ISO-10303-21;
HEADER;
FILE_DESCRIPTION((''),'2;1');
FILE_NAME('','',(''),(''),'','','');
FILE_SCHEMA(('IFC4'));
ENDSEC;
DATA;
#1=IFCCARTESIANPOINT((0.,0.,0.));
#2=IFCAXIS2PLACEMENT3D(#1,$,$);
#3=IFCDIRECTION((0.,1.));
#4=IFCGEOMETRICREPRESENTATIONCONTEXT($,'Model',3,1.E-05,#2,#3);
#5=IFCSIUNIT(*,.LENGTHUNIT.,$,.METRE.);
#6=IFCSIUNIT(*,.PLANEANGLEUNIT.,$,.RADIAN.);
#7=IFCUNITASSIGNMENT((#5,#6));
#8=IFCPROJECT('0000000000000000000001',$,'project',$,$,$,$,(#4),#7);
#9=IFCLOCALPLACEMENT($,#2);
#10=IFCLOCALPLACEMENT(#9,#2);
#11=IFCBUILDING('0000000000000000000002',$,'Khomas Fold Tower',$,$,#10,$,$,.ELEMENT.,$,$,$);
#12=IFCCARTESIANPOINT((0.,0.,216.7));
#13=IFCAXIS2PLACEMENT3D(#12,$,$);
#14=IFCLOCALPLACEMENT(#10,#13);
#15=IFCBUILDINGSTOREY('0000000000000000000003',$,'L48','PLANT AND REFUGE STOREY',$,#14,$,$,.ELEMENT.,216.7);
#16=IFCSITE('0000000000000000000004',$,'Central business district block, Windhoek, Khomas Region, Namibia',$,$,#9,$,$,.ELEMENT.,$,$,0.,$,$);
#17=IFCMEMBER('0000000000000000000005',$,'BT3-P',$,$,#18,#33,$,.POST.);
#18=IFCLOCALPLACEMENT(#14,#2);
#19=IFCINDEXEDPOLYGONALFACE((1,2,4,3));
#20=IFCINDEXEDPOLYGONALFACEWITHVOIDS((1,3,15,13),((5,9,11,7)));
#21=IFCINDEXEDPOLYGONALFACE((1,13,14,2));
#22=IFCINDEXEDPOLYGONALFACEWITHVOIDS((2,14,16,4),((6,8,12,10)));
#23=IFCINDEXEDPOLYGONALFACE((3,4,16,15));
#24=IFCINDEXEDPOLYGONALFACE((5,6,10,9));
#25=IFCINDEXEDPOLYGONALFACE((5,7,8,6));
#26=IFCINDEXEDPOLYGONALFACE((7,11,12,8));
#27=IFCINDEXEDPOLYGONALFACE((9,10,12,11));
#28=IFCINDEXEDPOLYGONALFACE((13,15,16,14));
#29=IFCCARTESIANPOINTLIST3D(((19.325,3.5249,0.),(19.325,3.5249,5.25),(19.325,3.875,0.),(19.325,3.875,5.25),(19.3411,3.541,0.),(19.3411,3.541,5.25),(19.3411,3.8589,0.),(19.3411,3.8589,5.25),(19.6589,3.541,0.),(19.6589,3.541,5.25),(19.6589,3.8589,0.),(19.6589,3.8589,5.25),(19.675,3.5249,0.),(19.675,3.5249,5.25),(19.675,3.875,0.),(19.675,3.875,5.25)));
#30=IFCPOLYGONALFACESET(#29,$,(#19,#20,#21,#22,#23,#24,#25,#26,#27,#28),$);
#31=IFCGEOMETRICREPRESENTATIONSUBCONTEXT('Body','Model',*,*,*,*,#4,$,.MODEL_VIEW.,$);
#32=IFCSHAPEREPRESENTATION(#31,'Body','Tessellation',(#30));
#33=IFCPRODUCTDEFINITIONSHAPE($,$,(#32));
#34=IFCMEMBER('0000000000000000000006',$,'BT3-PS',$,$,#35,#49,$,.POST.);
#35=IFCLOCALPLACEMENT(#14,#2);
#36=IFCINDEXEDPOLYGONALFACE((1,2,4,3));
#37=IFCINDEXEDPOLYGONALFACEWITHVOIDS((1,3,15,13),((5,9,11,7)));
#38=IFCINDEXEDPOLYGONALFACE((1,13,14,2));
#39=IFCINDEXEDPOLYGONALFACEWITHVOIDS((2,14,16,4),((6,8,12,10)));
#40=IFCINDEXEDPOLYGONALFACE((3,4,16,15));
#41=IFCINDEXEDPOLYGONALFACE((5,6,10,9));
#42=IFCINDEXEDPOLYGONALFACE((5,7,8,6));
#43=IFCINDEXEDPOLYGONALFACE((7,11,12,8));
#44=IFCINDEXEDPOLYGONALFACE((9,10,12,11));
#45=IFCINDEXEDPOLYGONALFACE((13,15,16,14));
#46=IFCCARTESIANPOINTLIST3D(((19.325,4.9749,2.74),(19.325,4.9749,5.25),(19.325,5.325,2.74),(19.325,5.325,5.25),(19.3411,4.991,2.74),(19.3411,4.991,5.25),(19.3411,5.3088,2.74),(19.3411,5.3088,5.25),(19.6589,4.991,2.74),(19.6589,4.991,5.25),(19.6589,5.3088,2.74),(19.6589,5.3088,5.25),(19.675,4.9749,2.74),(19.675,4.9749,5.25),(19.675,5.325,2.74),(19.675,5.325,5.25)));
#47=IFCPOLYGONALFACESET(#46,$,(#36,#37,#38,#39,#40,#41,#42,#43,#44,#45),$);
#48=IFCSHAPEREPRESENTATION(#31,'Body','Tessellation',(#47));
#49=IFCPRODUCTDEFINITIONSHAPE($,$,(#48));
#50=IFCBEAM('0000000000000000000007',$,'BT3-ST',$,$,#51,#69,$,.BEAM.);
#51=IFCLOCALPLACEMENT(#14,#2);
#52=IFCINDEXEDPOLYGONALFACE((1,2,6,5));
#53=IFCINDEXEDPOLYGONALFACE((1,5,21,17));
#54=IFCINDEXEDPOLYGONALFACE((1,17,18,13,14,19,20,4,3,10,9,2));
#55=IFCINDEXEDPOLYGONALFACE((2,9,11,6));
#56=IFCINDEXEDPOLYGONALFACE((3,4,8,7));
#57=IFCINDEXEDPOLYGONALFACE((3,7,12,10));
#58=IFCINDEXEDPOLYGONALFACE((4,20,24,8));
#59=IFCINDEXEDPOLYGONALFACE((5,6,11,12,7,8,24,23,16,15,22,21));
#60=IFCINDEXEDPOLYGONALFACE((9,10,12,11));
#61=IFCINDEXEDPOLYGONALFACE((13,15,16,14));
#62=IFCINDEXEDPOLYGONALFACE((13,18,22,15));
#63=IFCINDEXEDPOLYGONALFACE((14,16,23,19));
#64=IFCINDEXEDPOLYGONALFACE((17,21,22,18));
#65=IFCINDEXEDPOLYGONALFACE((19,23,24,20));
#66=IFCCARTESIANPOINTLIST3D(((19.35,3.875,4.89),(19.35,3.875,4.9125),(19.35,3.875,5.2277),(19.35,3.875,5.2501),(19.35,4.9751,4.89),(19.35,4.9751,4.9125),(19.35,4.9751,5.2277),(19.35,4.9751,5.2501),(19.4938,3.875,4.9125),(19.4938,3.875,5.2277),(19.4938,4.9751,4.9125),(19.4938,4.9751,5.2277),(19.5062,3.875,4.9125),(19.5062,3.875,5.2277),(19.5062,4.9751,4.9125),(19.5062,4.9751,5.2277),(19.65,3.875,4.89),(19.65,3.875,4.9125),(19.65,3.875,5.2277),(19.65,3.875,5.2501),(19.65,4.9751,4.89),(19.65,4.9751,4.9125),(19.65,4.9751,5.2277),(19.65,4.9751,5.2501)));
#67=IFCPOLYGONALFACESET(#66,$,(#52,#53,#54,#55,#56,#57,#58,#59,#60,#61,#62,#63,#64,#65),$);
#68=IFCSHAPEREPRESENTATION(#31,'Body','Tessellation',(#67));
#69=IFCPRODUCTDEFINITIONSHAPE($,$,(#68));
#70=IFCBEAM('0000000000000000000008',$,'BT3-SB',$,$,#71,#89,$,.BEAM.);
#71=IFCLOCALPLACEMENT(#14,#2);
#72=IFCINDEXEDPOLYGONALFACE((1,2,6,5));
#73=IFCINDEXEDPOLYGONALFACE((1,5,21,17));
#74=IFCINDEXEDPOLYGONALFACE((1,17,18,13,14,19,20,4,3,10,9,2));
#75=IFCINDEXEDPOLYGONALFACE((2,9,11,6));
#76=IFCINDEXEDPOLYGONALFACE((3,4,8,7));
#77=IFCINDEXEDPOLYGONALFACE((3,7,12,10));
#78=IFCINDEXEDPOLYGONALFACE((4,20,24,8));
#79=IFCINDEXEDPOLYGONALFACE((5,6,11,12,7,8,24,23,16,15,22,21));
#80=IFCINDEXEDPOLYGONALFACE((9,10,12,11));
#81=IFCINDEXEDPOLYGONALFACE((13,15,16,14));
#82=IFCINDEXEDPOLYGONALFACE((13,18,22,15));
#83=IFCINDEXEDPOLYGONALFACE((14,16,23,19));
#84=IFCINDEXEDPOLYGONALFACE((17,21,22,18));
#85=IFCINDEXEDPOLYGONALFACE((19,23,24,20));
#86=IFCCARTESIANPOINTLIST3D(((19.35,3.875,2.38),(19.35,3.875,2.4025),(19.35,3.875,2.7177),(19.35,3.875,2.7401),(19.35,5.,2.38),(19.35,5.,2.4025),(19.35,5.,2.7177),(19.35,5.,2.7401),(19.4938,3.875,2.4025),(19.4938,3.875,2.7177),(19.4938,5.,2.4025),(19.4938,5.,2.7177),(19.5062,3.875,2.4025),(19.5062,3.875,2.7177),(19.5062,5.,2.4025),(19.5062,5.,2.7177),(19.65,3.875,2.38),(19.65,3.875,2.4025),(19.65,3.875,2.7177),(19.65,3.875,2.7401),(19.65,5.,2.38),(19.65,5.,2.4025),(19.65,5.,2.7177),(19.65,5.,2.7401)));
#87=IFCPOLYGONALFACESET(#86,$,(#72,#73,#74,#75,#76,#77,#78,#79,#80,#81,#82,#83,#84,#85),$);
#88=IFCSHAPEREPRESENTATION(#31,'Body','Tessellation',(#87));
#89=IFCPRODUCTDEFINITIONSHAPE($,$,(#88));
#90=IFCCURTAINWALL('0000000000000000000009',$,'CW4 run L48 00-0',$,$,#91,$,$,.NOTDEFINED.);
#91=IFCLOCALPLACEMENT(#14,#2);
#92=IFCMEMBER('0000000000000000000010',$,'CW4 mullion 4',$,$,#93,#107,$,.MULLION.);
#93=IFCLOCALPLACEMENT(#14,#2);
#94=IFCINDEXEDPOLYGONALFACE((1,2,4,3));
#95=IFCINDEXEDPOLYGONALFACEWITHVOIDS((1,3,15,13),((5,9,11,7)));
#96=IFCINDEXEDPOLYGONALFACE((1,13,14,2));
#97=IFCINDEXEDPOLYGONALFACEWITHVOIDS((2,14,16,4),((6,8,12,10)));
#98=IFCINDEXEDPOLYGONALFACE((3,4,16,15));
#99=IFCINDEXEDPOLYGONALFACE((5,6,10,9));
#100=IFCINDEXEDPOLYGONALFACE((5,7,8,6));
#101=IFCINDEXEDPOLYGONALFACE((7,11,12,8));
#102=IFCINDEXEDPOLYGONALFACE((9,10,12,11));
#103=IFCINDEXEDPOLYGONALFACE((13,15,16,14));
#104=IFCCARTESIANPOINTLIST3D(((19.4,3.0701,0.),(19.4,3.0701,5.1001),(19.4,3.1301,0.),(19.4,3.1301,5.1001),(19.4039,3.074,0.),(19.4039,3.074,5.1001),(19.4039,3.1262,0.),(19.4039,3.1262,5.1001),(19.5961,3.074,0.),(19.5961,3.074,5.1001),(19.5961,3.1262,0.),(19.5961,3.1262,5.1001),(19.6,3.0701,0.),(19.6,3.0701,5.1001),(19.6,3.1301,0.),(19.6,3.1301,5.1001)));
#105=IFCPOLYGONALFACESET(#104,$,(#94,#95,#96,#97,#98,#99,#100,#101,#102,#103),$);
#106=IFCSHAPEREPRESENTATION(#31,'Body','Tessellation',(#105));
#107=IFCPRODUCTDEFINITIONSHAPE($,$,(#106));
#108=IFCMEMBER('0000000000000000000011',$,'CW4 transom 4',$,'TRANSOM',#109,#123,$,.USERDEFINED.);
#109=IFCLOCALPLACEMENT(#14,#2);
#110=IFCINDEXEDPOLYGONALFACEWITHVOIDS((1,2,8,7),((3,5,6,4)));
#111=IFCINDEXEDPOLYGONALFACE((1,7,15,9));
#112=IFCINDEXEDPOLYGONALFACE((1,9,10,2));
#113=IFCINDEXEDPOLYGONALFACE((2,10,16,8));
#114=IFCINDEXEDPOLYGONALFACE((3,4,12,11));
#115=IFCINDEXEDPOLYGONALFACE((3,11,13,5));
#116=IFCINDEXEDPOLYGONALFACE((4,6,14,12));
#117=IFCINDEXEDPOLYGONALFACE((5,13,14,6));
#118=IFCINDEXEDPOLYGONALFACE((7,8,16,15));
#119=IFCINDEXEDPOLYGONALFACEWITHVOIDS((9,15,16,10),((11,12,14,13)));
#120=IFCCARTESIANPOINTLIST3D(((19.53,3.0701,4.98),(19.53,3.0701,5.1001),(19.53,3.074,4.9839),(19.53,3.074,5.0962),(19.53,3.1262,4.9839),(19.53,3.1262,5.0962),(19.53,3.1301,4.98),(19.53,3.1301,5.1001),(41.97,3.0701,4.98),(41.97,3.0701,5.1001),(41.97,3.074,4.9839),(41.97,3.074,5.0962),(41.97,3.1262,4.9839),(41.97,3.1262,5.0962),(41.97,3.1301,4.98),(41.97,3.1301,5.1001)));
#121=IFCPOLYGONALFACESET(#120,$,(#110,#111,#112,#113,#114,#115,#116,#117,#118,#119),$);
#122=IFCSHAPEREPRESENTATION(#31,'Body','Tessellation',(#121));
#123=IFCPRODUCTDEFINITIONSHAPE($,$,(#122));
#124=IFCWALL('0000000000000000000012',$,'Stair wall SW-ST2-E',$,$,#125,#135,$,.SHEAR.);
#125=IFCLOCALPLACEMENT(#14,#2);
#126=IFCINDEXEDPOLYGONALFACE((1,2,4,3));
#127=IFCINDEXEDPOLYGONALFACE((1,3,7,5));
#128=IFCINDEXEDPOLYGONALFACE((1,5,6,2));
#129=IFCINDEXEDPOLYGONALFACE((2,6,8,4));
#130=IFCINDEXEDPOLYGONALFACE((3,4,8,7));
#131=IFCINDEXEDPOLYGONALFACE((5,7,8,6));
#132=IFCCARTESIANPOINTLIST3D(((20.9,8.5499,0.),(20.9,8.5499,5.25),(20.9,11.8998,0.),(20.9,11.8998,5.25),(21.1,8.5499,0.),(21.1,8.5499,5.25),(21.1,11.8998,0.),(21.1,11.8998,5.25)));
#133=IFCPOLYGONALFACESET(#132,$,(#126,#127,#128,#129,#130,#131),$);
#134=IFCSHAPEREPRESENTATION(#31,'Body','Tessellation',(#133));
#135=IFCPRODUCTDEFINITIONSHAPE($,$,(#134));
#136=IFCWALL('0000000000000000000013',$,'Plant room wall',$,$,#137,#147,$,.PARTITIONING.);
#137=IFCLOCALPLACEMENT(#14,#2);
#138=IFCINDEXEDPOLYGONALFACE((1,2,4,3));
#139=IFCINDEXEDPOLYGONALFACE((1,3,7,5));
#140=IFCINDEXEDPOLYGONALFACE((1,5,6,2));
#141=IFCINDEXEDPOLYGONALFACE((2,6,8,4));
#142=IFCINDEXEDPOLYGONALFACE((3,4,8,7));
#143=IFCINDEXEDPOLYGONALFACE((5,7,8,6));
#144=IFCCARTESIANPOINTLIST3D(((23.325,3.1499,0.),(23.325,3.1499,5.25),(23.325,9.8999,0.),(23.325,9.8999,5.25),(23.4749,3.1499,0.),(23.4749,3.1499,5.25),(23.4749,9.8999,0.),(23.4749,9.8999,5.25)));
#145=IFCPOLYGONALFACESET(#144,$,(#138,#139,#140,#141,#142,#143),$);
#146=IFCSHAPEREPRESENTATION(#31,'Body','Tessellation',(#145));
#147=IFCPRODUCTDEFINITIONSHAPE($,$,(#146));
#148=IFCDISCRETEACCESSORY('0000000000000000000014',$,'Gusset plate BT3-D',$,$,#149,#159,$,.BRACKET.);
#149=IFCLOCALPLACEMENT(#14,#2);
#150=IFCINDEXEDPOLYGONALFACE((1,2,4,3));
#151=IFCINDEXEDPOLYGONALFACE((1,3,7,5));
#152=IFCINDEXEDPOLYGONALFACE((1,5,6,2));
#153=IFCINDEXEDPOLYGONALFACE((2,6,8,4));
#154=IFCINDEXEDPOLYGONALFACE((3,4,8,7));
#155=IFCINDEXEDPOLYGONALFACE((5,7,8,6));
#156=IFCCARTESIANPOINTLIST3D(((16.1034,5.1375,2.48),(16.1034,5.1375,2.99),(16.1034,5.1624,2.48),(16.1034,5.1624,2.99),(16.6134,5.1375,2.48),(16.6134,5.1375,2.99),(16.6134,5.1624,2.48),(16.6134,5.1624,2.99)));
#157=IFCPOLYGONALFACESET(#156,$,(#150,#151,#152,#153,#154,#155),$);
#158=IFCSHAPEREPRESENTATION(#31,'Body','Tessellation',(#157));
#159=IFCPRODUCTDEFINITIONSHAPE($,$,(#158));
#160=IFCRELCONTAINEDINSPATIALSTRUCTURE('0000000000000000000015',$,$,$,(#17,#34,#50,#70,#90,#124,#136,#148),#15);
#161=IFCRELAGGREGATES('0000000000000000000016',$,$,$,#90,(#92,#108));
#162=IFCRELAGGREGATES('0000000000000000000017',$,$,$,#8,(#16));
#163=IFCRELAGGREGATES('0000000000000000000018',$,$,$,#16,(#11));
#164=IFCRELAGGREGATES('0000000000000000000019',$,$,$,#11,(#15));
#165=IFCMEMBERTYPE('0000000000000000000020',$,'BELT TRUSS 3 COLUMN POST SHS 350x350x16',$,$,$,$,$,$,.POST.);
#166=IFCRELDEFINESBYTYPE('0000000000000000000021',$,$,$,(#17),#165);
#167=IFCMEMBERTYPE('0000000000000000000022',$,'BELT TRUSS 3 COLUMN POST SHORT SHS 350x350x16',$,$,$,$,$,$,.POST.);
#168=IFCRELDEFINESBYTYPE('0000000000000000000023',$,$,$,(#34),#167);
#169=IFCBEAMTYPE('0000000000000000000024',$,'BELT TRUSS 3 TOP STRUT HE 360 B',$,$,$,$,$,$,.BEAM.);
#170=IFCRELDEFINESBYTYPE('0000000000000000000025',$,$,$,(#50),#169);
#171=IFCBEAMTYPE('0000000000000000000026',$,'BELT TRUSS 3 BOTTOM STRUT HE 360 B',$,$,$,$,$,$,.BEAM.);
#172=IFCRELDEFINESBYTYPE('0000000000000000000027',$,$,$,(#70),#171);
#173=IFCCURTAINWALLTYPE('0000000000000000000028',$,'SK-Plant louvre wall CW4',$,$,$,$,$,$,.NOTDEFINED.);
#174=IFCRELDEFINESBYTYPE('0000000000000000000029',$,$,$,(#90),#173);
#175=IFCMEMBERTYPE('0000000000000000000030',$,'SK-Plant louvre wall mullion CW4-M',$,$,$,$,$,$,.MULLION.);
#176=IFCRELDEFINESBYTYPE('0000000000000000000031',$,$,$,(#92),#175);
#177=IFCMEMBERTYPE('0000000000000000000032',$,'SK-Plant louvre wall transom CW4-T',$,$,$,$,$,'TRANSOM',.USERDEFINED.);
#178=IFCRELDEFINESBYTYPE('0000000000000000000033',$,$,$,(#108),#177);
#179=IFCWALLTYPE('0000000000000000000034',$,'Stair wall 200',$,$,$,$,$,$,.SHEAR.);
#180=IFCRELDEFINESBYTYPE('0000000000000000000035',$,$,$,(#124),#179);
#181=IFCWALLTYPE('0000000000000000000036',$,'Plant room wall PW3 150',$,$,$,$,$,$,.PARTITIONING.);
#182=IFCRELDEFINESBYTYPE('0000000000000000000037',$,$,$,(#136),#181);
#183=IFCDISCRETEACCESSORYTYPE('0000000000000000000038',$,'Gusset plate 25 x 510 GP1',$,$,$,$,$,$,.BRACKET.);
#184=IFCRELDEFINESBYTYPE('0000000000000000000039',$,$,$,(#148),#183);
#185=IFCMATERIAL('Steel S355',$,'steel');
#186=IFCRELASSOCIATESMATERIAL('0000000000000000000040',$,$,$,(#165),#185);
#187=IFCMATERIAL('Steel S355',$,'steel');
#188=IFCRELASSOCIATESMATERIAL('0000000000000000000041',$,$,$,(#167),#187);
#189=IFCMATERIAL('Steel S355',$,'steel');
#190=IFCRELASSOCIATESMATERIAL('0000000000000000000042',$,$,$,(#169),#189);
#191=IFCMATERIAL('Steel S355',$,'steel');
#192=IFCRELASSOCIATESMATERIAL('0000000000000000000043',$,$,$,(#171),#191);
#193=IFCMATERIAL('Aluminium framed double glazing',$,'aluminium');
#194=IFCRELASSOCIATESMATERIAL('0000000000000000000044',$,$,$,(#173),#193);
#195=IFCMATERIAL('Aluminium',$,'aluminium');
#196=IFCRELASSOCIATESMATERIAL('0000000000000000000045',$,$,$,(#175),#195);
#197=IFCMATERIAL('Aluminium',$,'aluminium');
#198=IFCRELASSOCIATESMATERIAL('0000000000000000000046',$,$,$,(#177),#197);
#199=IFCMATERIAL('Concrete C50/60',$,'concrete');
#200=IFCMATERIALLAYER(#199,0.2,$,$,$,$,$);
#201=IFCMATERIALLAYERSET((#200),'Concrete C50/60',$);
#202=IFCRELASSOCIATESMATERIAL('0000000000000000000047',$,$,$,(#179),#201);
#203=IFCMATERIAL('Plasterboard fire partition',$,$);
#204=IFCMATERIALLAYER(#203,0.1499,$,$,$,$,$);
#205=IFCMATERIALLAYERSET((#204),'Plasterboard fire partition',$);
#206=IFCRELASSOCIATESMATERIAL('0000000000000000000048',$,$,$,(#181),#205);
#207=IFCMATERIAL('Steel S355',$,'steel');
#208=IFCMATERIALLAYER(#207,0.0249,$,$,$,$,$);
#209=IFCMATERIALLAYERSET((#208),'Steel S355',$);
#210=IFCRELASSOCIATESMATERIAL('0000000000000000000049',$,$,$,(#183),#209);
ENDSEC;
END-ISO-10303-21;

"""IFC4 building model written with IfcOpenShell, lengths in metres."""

from ifc_helpers import new_model, si_unit, direction, frame, frame_2d, origin, origin_2d, place, context, subcontext, project, spatial, rectangle, hollow_rectangle, i_section, extrude, source, transform, mapped, material, layer, layer_set, material_profile, profile_set, type_object, element, aggregate, save


model = new_model("IFC4")

# Units and contexts
model_context = context("Model", 3, precision=1e-05, world=origin(), true_north=direction((0.0, 1.0)))
body_context = subcontext(model_context, "Body", "Model", "MODEL_VIEW")
ifc_project = project(units=[si_unit("LENGTHUNIT", "METRE"), si_unit("PLANEANGLEUNIT", "RADIAN")], contexts=[model_context])

# Site, building, storey
site_placement = place(None, origin())
site = spatial("IfcSite", under=ifc_project, at=site_placement, Name="Central business district block, Windhoek, Khomas Region, Namibia", CompositionType="ELEMENT", RefElevation=0.0)
building_placement = place(site_placement, origin())
building = spatial("IfcBuilding", under=site, at=building_placement, Name="Khomas Fold Tower", CompositionType="ELEMENT")
storey_placement = place(building_placement, frame((0.0, 0.0, 216.7)))
storey = spatial("IfcBuildingStorey", under=building, at=storey_placement, Name="L48", Description="PLANT AND REFUGE STOREY", CompositionType="ELEMENT", Elevation=216.7)

# Members
ifc_material_1 = material(Name="Steel S355", Category="steel")
ifc_material_profile_1 = material_profile(ifc_material_1, hollow_rectangle(XDim=0.3501, YDim=0.3501, WallThickness=0.0161, at=origin_2d()), Name="SHS 350x350x16")
ifc_profile_set_1 = profile_set([ifc_material_profile_1], Name="Steel S355")
member_type_1 = type_object("IfcMemberType", Name="BELT TRUSS 3 COLUMN POST SHS 350x350x16", PredefinedType="POST", material=ifc_profile_set_1)
shared_shape_1 = source(origin(), body_context, "Body", "SweptSolid", [
    extrude(hollow_rectangle(XDim=0.3501, YDim=0.3501, WallThickness=0.0161, at=origin_2d()), origin(), (0.0, 0.0, 1.0), 5.25),
])
member_1_placement = place(storey_placement, frame((19.5, 3.7, 0.0), z_axis=(0.0, 0.0, 1.0), x_axis=(1.0, 0.0, 0.0)))
element("IfcMember", 1, at=member_1_placement, inside=storey, type_object=member_type_1, Name="BT3-P", PredefinedType="POST", context=body_context, shape_type="MappedRepresentation", body=[
    mapped(shared_shape_1, transform((0.0, 0.0, 0.0))),
])
ifc_material_2 = material(Name="Steel S355", Category="steel")
ifc_material_profile_2 = material_profile(ifc_material_2, hollow_rectangle(XDim=0.3501, YDim=0.3501, WallThickness=0.0161, at=origin_2d()), Name="SHS 350x350x16")
ifc_profile_set_2 = profile_set([ifc_material_profile_2], Name="Steel S355")
member_type_2 = type_object("IfcMemberType", Name="BELT TRUSS 3 COLUMN POST SHORT SHS 350x350x16", PredefinedType="POST", material=ifc_profile_set_2)
shared_shape_2 = source(origin(), body_context, "Body", "SweptSolid", [
    extrude(hollow_rectangle(XDim=0.3501, YDim=0.3501, WallThickness=0.0161, at=origin_2d()), origin(), (0.0, 0.0, 1.0), 2.51),
])
member_2_placement = place(storey_placement, frame((19.5, 5.1499, 2.74), z_axis=(0.0, 0.0, 1.0), x_axis=(1.0, 0.0, 0.0)))
element("IfcMember", 2, at=member_2_placement, inside=storey, type_object=member_type_2, Name="BT3-PS", PredefinedType="POST", context=body_context, shape_type="MappedRepresentation", body=[
    mapped(shared_shape_2, transform((0.0, 0.0, 0.0))),
])

# Beams
ifc_material_3 = material(Name="Steel S355", Category="steel")
ifc_material_profile_3 = material_profile(ifc_material_3, i_section(OverallWidth=0.3, OverallDepth=0.3601, WebThickness=0.0125, FlangeThickness=0.0225, at=origin_2d()), Name="HE 360 B")
ifc_profile_set_3 = profile_set([ifc_material_profile_3], Name="Steel S355")
beam_type_1 = type_object("IfcBeamType", Name="BELT TRUSS 3 TOP STRUT HE 360 B", PredefinedType="BEAM", material=ifc_profile_set_3)
shared_shape_3 = source(origin(), body_context, "Body", "SweptSolid", [
    extrude(i_section(OverallWidth=0.3, OverallDepth=0.3601, WebThickness=0.0125, FlangeThickness=0.0225, at=origin_2d()), origin(), (0.0, 0.0, 1.0), 1.1001),
])
beam_1_placement = place(storey_placement, frame((19.5, 4.9751, 5.0701), z_axis=(0.0, -1.0, 0.0), x_axis=(1.0, 0.0, 0.0)))
element("IfcBeam", 3, at=beam_1_placement, inside=storey, type_object=beam_type_1, Name="BT3-ST", PredefinedType="BEAM", context=body_context, shape_type="MappedRepresentation", body=[
    mapped(shared_shape_3, transform((0.0, 0.0, 0.0))),
])
ifc_material_4 = material(Name="Steel S355", Category="steel")
ifc_material_profile_4 = material_profile(ifc_material_4, i_section(OverallWidth=0.3, OverallDepth=0.3601, WebThickness=0.0125, FlangeThickness=0.0225, at=origin_2d()), Name="HE 360 B")
ifc_profile_set_4 = profile_set([ifc_material_profile_4], Name="Steel S355")
beam_type_2 = type_object("IfcBeamType", Name="BELT TRUSS 3 BOTTOM STRUT HE 360 B", PredefinedType="BEAM", material=ifc_profile_set_4)
shared_shape_4 = source(origin(), body_context, "Body", "SweptSolid", [
    extrude(i_section(OverallWidth=0.3, OverallDepth=0.3601, WebThickness=0.0125, FlangeThickness=0.0225, at=origin_2d()), origin(), (0.0, 0.0, 1.0), 1.125),
])
beam_2_placement = place(storey_placement, frame((19.5, 5.0, 2.5601), z_axis=(0.0, -1.0, 0.0), x_axis=(1.0, 0.0, 0.0)))
element("IfcBeam", 4, at=beam_2_placement, inside=storey, type_object=beam_type_2, Name="BT3-SB", PredefinedType="BEAM", context=body_context, shape_type="MappedRepresentation", body=[
    mapped(shared_shape_4, transform((0.0, 0.0, 0.0))),
])

# Curtain wall, members
ifc_material_5 = material(Name="Aluminium framed double glazing", Category="aluminium")
curtain_wall_type = type_object("IfcCurtainWallType", Name="SK-Plant louvre wall CW4", PredefinedType="NOTDEFINED", material=ifc_material_5)
curtain_wall_placement = place(storey_placement, origin())
curtain_wall = element("IfcCurtainWall", 5, at=curtain_wall_placement, inside=storey, type_object=curtain_wall_type, Name="CW4 run L48 00-0", PredefinedType="NOTDEFINED")
ifc_material_6 = material(Name="Aluminium", Category="aluminium")
ifc_material_profile_5 = material_profile(ifc_material_6, hollow_rectangle(XDim=0.0601, YDim=0.2, WallThickness=0.0039, at=origin_2d()), Name="SK-Plant louvre wall mullion CW4-M")
ifc_profile_set_5 = profile_set([ifc_material_profile_5], Name="Aluminium")
member_type_3 = type_object("IfcMemberType", Name="SK-Plant louvre wall mullion CW4-M", PredefinedType="MULLION", material=ifc_profile_set_5)
shared_shape_5 = source(origin(), body_context, "Body", "SweptSolid", [
    extrude(hollow_rectangle(XDim=0.0601, YDim=0.2, WallThickness=0.0039, at=origin_2d()), origin(), (0.0, 0.0, 1.0), 5.1001),
])
member_3_placement = place(storey_placement, frame((19.5, 3.1001, 0.0), z_axis=(0.0, 0.0, 1.0), x_axis=(0.0, 1.0, 0.0)))
member_3 = element("IfcMember", 6, at=member_3_placement, type_object=member_type_3, Name="CW4 mullion 4", PredefinedType="MULLION", context=body_context, shape_type="MappedRepresentation", body=[
    mapped(shared_shape_5, transform((0.0, 0.0, 0.0))),
])
ifc_material_7 = material(Name="Aluminium", Category="aluminium")
ifc_material_profile_6 = material_profile(ifc_material_7, hollow_rectangle(XDim=0.0601, YDim=0.1201, WallThickness=0.0039, at=origin_2d()), Name="SK-Plant louvre wall transom CW4-T")
ifc_profile_set_6 = profile_set([ifc_material_profile_6], Name="Aluminium")
member_type_4 = type_object("IfcMemberType", Name="SK-Plant louvre wall transom CW4-T", ElementType="TRANSOM", PredefinedType="USERDEFINED", material=ifc_profile_set_6)
shared_shape_6 = source(origin(), body_context, "Body", "SweptSolid", [
    extrude(hollow_rectangle(XDim=0.0601, YDim=0.1201, WallThickness=0.0039, at=origin_2d()), origin(), (0.0, 0.0, 1.0), 22.4399),
])
member_4_placement = place(storey_placement, frame((19.53, 3.1001, 5.04), z_axis=(1.0, 0.0, 0.0), x_axis=(0.0, 1.0, 0.0)))
member_4 = element("IfcMember", 7, at=member_4_placement, type_object=member_type_4, Name="CW4 transom 4", ObjectType="TRANSOM", PredefinedType="USERDEFINED", context=body_context, shape_type="MappedRepresentation", body=[
    mapped(shared_shape_6, transform((0.0, 0.0, 0.0))),
])
aggregate(curtain_wall, [member_3, member_4])

# Walls
ifc_material_8 = material(Name="Concrete C50/60", Category="concrete")
ifc_layer_1 = layer(ifc_material_8, 0.2)
ifc_layer_set_1 = layer_set([ifc_layer_1], Name="Concrete C50/60")
wall_type_1 = type_object("IfcWallType", Name="Stair wall 200", PredefinedType="SHEAR", material=ifc_layer_set_1)
shared_shape_7 = source(origin(), body_context, "Body", "SweptSolid", [
    extrude(rectangle(XDim=3.3499, YDim=0.2, at=frame_2d((1.6748, 0.0))), origin(), (0.0, 0.0, 1.0), 5.25),
])
wall_1_placement = place(storey_placement, frame((21.0, 8.55, 0.0), z_axis=(0.0, 0.0, 1.0), x_axis=(0.0, 1.0, 0.0)))
element("IfcWall", 8, at=wall_1_placement, inside=storey, type_object=wall_type_1, Name="Stair wall SW-ST2-E", PredefinedType="SHEAR", context=body_context, shape_type="MappedRepresentation", body=[
    mapped(shared_shape_7, transform((0.0, 0.0, 0.0))),
])
ifc_material_9 = material(Name="Plasterboard fire partition")
ifc_layer_2 = layer(ifc_material_9, 0.1499)
ifc_layer_set_2 = layer_set([ifc_layer_2], Name="Plasterboard fire partition")
wall_type_2 = type_object("IfcWallType", Name="Plant room wall PW3 150", PredefinedType="PARTITIONING", material=ifc_layer_set_2)
shared_shape_8 = source(origin(), body_context, "Body", "SweptSolid", [
    extrude(rectangle(XDim=6.75, YDim=0.1499, at=frame_2d((3.375, 0.0))), origin(), (0.0, 0.0, 1.0), 5.25),
])
wall_2_placement = place(storey_placement, frame((23.3999, 3.1499, 0.0), z_axis=(0.0, 0.0, 1.0), x_axis=(0.0, 1.0, 0.0)))
element("IfcWall", 9, at=wall_2_placement, inside=storey, type_object=wall_type_2, Name="Plant room wall", PredefinedType="PARTITIONING", context=body_context, shape_type="MappedRepresentation", body=[
    mapped(shared_shape_8, transform((0.0, 0.0, 0.0))),
])

# Discrete accessory
ifc_material_10 = material(Name="Steel S355", Category="steel")
ifc_layer_3 = layer(ifc_material_10, 0.0249)
ifc_layer_set_3 = layer_set([ifc_layer_3], Name="Steel S355")
discrete_accessory_type = type_object("IfcDiscreteAccessoryType", Name="Gusset plate 25 x 510 GP1", PredefinedType="BRACKET", material=ifc_layer_set_3)
shared_shape_9 = source(origin(), body_context, "Body", "SweptSolid", [
    extrude(rectangle(XDim=0.51, YDim=0.0249, at=origin_2d()), origin(), (0.0, 0.0, 1.0), 0.51),
])
for number, where, z_axis, x_axis, name in (
    (10, (16.3584, 5.1499, 2.48), (0.0, 0.0, 1.0), (1.0, 0.0, 0.0), "Gusset plate BT3-D"),
):
    element("IfcDiscreteAccessory", number, at=place(storey_placement, frame(where, z_axis=z_axis, x_axis=x_axis)), inside=storey, type_object=discrete_accessory_type, Name=name, PredefinedType="BRACKET", context=body_context, shape_type="MappedRepresentation", body=[
        mapped(shared_shape_9, transform((0.0, 0.0, 0.0))),
    ])

save(model, "model.ifc")
